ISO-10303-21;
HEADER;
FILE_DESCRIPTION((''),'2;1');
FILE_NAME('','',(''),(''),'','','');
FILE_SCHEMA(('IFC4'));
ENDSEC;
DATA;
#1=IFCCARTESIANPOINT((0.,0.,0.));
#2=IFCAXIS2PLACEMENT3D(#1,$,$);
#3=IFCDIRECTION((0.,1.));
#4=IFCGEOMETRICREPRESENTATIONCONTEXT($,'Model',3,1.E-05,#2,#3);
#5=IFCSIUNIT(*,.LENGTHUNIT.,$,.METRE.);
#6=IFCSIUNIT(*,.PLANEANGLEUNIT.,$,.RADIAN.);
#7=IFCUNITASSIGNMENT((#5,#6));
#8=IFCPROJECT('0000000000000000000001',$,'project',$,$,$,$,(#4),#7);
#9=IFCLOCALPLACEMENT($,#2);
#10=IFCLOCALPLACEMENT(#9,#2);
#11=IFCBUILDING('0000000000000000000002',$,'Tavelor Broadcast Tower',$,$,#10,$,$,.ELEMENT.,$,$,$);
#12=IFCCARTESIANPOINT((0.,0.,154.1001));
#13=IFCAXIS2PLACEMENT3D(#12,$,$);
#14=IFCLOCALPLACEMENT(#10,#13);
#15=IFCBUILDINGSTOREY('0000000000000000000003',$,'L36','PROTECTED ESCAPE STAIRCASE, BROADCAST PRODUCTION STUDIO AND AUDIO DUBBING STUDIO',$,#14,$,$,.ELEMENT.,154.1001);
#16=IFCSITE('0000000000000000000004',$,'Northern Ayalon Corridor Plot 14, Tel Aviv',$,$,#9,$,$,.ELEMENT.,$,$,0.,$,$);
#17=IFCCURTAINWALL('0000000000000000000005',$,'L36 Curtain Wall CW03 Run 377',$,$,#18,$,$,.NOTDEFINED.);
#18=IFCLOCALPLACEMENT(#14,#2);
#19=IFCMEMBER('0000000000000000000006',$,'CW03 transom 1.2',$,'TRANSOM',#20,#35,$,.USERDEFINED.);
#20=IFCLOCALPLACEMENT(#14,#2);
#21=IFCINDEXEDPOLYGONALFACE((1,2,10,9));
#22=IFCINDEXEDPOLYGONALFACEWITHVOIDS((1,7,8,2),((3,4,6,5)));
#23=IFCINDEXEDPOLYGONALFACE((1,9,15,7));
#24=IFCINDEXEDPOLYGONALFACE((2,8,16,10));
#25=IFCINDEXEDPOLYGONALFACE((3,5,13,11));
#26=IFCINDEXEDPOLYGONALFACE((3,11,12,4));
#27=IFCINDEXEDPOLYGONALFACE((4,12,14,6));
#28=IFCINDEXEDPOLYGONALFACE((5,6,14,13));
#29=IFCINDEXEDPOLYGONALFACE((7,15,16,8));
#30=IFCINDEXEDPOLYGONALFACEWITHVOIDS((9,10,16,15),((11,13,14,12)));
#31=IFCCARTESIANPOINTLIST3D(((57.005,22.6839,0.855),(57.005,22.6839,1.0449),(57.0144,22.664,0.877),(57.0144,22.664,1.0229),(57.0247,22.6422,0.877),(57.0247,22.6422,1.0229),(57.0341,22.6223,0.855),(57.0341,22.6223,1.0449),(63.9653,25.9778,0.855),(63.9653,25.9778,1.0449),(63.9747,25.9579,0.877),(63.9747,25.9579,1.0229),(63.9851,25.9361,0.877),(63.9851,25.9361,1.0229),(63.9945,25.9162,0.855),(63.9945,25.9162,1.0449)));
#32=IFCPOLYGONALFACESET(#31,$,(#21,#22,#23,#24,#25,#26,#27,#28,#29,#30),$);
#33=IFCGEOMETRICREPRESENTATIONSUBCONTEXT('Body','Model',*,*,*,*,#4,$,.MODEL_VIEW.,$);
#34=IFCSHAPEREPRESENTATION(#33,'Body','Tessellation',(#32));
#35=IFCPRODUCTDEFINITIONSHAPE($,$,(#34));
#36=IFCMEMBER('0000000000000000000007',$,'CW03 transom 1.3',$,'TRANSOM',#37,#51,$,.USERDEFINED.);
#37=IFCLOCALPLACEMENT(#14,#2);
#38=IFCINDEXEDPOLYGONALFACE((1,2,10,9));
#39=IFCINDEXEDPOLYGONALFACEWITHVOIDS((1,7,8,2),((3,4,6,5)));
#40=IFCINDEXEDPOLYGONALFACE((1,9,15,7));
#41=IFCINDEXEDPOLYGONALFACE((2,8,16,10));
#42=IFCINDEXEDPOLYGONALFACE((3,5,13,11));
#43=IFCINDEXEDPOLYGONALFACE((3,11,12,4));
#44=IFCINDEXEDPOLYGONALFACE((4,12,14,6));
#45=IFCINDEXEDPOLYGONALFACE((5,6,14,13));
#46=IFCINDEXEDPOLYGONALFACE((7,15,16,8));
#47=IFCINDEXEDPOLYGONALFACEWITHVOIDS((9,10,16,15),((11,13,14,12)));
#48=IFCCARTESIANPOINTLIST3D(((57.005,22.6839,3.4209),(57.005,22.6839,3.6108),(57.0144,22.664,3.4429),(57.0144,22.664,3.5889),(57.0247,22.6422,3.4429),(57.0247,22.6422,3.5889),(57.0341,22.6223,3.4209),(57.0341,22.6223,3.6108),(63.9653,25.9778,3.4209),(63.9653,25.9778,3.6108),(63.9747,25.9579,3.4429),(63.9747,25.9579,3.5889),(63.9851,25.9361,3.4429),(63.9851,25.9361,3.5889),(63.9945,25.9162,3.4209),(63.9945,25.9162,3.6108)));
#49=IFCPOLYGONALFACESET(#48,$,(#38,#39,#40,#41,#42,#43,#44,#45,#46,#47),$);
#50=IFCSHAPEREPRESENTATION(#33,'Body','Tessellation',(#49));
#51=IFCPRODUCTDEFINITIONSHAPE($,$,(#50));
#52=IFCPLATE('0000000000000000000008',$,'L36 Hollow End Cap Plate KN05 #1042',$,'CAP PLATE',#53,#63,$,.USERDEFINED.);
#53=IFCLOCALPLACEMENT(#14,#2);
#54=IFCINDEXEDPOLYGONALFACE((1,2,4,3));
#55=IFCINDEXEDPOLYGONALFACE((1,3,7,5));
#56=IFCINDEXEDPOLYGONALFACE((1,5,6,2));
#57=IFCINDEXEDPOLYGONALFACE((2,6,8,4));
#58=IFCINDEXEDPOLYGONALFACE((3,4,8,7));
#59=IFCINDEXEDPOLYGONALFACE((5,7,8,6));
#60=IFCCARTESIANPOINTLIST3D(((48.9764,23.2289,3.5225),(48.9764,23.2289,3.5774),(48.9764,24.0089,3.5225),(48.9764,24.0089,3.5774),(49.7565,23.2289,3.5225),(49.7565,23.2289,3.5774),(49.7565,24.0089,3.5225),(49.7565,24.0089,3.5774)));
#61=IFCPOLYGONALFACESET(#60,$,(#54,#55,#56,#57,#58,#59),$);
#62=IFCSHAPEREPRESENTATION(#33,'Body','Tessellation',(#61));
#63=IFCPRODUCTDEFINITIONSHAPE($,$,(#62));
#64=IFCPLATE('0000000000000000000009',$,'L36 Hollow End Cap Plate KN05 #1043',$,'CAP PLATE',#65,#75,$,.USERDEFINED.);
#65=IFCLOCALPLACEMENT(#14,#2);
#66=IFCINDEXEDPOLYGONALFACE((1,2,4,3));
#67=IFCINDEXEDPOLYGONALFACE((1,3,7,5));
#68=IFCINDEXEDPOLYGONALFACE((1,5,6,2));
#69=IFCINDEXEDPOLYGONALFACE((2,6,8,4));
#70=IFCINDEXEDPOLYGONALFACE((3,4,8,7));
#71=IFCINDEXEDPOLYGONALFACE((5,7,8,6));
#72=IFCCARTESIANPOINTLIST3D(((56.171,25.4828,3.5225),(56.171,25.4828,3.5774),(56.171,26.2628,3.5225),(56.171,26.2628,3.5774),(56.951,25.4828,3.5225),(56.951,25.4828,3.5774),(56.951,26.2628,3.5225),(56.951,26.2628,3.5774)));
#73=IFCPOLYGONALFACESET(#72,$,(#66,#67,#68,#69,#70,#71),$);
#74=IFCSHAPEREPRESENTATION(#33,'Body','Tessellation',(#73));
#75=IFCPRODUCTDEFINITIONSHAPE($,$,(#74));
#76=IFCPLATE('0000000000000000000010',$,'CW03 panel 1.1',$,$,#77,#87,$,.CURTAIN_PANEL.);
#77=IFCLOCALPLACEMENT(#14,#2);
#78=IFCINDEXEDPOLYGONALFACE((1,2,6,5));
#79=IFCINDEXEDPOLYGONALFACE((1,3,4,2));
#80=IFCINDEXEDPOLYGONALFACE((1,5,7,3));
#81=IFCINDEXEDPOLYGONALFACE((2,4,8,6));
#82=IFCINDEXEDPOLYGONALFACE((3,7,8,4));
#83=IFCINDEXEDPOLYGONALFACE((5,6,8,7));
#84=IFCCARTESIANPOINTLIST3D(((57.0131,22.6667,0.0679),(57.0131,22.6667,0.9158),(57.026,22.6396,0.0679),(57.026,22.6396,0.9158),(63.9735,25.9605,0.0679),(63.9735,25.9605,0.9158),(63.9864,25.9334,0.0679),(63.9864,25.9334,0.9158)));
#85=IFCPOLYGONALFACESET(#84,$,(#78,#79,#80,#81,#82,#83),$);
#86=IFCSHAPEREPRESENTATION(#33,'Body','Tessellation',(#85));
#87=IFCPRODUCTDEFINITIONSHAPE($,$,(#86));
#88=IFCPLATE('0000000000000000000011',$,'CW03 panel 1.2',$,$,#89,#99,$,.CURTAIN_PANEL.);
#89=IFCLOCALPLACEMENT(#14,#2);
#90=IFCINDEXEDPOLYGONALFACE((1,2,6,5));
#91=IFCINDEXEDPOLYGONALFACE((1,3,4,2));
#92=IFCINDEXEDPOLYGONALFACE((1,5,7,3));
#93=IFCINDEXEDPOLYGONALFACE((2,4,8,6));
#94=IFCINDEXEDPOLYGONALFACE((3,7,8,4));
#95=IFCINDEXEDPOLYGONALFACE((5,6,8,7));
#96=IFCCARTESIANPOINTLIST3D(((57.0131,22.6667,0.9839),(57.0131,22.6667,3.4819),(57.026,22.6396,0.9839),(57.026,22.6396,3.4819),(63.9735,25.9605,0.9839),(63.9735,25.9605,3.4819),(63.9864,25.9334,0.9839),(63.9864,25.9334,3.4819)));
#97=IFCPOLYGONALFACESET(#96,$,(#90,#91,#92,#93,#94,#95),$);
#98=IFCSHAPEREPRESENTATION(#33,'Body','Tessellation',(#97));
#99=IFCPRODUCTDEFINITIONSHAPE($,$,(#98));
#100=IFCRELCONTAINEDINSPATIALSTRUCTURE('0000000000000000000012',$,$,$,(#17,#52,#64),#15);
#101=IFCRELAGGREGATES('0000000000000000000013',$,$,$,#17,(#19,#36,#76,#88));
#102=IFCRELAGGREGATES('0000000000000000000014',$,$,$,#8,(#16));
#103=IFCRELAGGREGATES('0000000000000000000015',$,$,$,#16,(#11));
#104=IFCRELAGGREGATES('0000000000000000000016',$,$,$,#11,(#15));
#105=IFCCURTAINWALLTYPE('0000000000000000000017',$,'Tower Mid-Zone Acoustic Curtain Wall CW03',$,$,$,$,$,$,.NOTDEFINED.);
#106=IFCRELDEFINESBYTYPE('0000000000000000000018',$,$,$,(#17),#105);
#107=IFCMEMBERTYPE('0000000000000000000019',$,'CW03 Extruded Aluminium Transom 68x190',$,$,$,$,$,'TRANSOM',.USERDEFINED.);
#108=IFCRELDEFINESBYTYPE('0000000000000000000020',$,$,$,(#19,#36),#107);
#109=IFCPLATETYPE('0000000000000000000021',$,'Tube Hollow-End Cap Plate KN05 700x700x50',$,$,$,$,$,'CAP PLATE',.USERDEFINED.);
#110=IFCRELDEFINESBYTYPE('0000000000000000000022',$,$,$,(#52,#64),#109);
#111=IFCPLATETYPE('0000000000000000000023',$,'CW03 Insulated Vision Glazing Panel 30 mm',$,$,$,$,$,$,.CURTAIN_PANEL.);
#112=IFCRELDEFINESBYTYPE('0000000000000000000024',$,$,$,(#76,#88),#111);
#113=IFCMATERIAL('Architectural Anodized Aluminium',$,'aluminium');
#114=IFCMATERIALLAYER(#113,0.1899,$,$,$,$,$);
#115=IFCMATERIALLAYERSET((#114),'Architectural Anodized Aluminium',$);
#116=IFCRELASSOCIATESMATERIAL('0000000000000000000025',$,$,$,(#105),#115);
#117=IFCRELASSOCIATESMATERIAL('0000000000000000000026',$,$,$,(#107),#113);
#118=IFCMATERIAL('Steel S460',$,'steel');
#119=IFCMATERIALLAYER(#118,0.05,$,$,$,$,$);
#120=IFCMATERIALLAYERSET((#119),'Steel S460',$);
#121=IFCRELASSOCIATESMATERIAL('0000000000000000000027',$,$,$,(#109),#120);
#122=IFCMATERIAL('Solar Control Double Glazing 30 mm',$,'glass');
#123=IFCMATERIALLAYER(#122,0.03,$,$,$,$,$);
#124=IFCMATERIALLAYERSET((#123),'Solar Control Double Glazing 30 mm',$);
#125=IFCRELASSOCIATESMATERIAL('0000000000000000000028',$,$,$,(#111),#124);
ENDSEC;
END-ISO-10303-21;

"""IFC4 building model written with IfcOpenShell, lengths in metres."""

from ifc_helpers import new_model, si_unit, direction, frame, origin, origin_2d, place, context, subcontext, project, spatial, rectangle, hollow_rectangle, extrude, source, transform, mapped, material, layer, layer_set, material_profile, profile_set, type_object, type_shapes, element, aggregate, save


model = new_model("IFC4")

# Units and contexts
model_context = context("Model", 3, precision=1e-05, world=origin(), true_north=direction((0.0, 1.0)))
body_context = subcontext(model_context, "Body", "Model", "MODEL_VIEW")
ifc_project = project(units=[si_unit("LENGTHUNIT", "METRE"), si_unit("PLANEANGLEUNIT", "RADIAN")], contexts=[model_context])

# Site, building, storey
site_placement = place(None, origin())
site = spatial("IfcSite", under=ifc_project, at=site_placement, Name="Northern Ayalon Corridor Plot 14, Tel Aviv", CompositionType="ELEMENT", RefElevation=0.0)
building_placement = place(site_placement, origin())
building = spatial("IfcBuilding", under=site, at=building_placement, Name="Tavelor Broadcast Tower", CompositionType="ELEMENT")
storey_placement = place(building_placement, frame((0.0, 0.0, 154.1001)))
storey = spatial("IfcBuildingStorey", under=building, at=storey_placement, Name="L36", Description="PROTECTED ESCAPE STAIRCASE, BROADCAST PRODUCTION STUDIO AND AUDIO DUBBING STUDIO", CompositionType="ELEMENT", Elevation=154.1001)

# Shared definitions
ifc_material_1 = material(Name="Steel S460", Category="steel")

# Curtain wall, members
ifc_material_2 = material(Name="Architectural Anodized Aluminium", Category="aluminium")
ifc_layer_1 = layer(ifc_material_2, 0.1899)
ifc_layer_set_1 = layer_set([ifc_layer_1], Name="Architectural Anodized Aluminium")
curtain_wall_type = type_object("IfcCurtainWallType", Name="Tower Mid-Zone Acoustic Curtain Wall CW03", PredefinedType="NOTDEFINED", material=ifc_layer_set_1)
curtain_wall_placement = place(storey_placement, origin())
curtain_wall = element("IfcCurtainWall", 1, at=curtain_wall_placement, inside=storey, type_object=curtain_wall_type, Name="L36 Curtain Wall CW03 Run 377", PredefinedType="NOTDEFINED")
ifc_material_profile_1 = material_profile(ifc_material_2, hollow_rectangle(XDim=0.0681, YDim=0.1899, WallThickness=0.022, at=origin_2d()), Name="RHS 68x190x22")
ifc_profile_set_1 = profile_set([ifc_material_profile_1], Name="Architectural Anodized Aluminium")
member_type_1 = type_object("IfcMemberType", Name="CW03 Extruded Aluminium Transom 68x190", ElementType="TRANSOM", PredefinedType="USERDEFINED", material=ifc_profile_set_1)
shared_shape_1 = source(origin(), body_context, "Body", "SweptSolid", [
    extrude(hollow_rectangle(XDim=0.0681, YDim=0.1899, WallThickness=0.022, at=origin_2d()), origin(), (0.0, 0.0, 1.0), 7.7004),
])
type_shapes(member_type_1, [shared_shape_1])
member_1_placement = place(storey_placement, frame((57.0195, 22.6531, 0.95), z_axis=(0.903894, 0.427757, 0.0), x_axis=(-0.427757, 0.903894, 0.0)))
member_1 = element("IfcMember", 2, at=member_1_placement, type_object=member_type_1, Name="CW03 transom 1.2", ObjectType="TRANSOM", PredefinedType="USERDEFINED", context=body_context, shape_type="MappedRepresentation", body=[
    mapped(shared_shape_1, transform((0.0, 0.0, 0.0), scale=1.0)),
])
member_2_placement = place(storey_placement, frame((57.0195, 22.6531, 3.5159), z_axis=(0.903894, 0.427757, 0.0), x_axis=(-0.427757, 0.903894, 0.0)))
member_2 = element("IfcMember", 3, at=member_2_placement, type_object=member_type_1, Name="CW03 transom 1.3", ObjectType="TRANSOM", PredefinedType="USERDEFINED", context=body_context, shape_type="MappedRepresentation", body=[
    mapped(shared_shape_1, transform((0.0, 0.0, 0.0), scale=1.0)),
])

# Plates
ifc_layer_2 = layer(ifc_material_1, 0.05)
ifc_layer_set_2 = layer_set([ifc_layer_2], Name="Steel S460")
plate_type_1 = type_object("IfcPlateType", Name="Tube Hollow-End Cap Plate KN05 700x700x50", ElementType="CAP PLATE", PredefinedType="USERDEFINED", material=ifc_layer_set_2)
shared_shape_2 = source(origin(), body_context, "Body", "SweptSolid", [
    extrude(rectangle(XDim=0.78, YDim=0.78, at=origin_2d()), origin(), (0.0, 0.0, 1.0), 0.0549),
])
type_shapes(plate_type_1, [shared_shape_2])
for number, where, z_axis, x_axis, name in (
    (4, (49.3665, 23.6189, 3.5225), (0.0, 0.0, 1.0), (1.0, 0.0, 0.0), "L36 Hollow End Cap Plate KN05 #1042"),
    (5, (56.561, 25.8728, 3.5225), (0.0, 0.0, 1.0), (1.0, 0.0, 0.0), "L36 Hollow End Cap Plate KN05 #1043"),
):
    element("IfcPlate", number, at=place(storey_placement, frame(where, z_axis=z_axis, x_axis=x_axis)), inside=storey, type_object=plate_type_1, Name=name, ObjectType="CAP PLATE", PredefinedType="USERDEFINED", context=body_context, shape_type="MappedRepresentation", body=[
        mapped(shared_shape_2, transform((0.0, 0.0, 0.0), scale=1.0)),
    ])

# Plates
ifc_material_3 = material(Name="Solar Control Double Glazing 30 mm", Category="glass")
ifc_layer_3 = layer(ifc_material_3, 0.03)
ifc_layer_set_3 = layer_set([ifc_layer_3], Name="Solar Control Double Glazing 30 mm")
plate_type_2 = type_object("IfcPlateType", Name="CW03 Insulated Vision Glazing Panel 30 mm", PredefinedType="CURTAIN_PANEL", material=ifc_layer_set_3)
shared_shape_3 = source(origin(), body_context, "Body", "SweptSolid", [
    extrude(rectangle(XDim=7.7004, YDim=0.03, at=origin_2d()), origin(), (0.0, 0.0, 1.0), 0.8479),
])
plate_1_placement = place(storey_placement, frame((60.4998, 24.3, 0.0679), z_axis=(0.0, 0.0, 1.0), x_axis=(0.9039, 0.427743, 0.0)))
plate_1 = element("IfcPlate", 6, at=plate_1_placement, type_object=plate_type_2, Name="CW03 panel 1.1", PredefinedType="CURTAIN_PANEL", context=body_context, shape_type="MappedRepresentation", body=[
    mapped(shared_shape_3, transform((0.0, 0.0, 0.0), scale=1.0)),
])
shared_shape_4 = source(origin(), body_context, "Body", "SweptSolid", [
    extrude(rectangle(XDim=7.7004, YDim=0.03, at=origin_2d()), origin(), (0.0, 0.0, 1.0), 2.498),
])
type_shapes(plate_type_2, [shared_shape_3, shared_shape_4])
plate_2_placement = place(storey_placement, frame((60.4998, 24.3, 0.9839), z_axis=(0.0, 0.0, 1.0), x_axis=(0.9039, 0.427743, 0.0)))
plate_2 = element("IfcPlate", 7, at=plate_2_placement, type_object=plate_type_2, Name="CW03 panel 1.2", PredefinedType="CURTAIN_PANEL", context=body_context, shape_type="MappedRepresentation", body=[
    mapped(shared_shape_4, transform((0.0, 0.0, 0.0), scale=1.0)),
])
aggregate(curtain_wall, [member_1, member_2, plate_1, plate_2])

save(model, "model.ifc")
